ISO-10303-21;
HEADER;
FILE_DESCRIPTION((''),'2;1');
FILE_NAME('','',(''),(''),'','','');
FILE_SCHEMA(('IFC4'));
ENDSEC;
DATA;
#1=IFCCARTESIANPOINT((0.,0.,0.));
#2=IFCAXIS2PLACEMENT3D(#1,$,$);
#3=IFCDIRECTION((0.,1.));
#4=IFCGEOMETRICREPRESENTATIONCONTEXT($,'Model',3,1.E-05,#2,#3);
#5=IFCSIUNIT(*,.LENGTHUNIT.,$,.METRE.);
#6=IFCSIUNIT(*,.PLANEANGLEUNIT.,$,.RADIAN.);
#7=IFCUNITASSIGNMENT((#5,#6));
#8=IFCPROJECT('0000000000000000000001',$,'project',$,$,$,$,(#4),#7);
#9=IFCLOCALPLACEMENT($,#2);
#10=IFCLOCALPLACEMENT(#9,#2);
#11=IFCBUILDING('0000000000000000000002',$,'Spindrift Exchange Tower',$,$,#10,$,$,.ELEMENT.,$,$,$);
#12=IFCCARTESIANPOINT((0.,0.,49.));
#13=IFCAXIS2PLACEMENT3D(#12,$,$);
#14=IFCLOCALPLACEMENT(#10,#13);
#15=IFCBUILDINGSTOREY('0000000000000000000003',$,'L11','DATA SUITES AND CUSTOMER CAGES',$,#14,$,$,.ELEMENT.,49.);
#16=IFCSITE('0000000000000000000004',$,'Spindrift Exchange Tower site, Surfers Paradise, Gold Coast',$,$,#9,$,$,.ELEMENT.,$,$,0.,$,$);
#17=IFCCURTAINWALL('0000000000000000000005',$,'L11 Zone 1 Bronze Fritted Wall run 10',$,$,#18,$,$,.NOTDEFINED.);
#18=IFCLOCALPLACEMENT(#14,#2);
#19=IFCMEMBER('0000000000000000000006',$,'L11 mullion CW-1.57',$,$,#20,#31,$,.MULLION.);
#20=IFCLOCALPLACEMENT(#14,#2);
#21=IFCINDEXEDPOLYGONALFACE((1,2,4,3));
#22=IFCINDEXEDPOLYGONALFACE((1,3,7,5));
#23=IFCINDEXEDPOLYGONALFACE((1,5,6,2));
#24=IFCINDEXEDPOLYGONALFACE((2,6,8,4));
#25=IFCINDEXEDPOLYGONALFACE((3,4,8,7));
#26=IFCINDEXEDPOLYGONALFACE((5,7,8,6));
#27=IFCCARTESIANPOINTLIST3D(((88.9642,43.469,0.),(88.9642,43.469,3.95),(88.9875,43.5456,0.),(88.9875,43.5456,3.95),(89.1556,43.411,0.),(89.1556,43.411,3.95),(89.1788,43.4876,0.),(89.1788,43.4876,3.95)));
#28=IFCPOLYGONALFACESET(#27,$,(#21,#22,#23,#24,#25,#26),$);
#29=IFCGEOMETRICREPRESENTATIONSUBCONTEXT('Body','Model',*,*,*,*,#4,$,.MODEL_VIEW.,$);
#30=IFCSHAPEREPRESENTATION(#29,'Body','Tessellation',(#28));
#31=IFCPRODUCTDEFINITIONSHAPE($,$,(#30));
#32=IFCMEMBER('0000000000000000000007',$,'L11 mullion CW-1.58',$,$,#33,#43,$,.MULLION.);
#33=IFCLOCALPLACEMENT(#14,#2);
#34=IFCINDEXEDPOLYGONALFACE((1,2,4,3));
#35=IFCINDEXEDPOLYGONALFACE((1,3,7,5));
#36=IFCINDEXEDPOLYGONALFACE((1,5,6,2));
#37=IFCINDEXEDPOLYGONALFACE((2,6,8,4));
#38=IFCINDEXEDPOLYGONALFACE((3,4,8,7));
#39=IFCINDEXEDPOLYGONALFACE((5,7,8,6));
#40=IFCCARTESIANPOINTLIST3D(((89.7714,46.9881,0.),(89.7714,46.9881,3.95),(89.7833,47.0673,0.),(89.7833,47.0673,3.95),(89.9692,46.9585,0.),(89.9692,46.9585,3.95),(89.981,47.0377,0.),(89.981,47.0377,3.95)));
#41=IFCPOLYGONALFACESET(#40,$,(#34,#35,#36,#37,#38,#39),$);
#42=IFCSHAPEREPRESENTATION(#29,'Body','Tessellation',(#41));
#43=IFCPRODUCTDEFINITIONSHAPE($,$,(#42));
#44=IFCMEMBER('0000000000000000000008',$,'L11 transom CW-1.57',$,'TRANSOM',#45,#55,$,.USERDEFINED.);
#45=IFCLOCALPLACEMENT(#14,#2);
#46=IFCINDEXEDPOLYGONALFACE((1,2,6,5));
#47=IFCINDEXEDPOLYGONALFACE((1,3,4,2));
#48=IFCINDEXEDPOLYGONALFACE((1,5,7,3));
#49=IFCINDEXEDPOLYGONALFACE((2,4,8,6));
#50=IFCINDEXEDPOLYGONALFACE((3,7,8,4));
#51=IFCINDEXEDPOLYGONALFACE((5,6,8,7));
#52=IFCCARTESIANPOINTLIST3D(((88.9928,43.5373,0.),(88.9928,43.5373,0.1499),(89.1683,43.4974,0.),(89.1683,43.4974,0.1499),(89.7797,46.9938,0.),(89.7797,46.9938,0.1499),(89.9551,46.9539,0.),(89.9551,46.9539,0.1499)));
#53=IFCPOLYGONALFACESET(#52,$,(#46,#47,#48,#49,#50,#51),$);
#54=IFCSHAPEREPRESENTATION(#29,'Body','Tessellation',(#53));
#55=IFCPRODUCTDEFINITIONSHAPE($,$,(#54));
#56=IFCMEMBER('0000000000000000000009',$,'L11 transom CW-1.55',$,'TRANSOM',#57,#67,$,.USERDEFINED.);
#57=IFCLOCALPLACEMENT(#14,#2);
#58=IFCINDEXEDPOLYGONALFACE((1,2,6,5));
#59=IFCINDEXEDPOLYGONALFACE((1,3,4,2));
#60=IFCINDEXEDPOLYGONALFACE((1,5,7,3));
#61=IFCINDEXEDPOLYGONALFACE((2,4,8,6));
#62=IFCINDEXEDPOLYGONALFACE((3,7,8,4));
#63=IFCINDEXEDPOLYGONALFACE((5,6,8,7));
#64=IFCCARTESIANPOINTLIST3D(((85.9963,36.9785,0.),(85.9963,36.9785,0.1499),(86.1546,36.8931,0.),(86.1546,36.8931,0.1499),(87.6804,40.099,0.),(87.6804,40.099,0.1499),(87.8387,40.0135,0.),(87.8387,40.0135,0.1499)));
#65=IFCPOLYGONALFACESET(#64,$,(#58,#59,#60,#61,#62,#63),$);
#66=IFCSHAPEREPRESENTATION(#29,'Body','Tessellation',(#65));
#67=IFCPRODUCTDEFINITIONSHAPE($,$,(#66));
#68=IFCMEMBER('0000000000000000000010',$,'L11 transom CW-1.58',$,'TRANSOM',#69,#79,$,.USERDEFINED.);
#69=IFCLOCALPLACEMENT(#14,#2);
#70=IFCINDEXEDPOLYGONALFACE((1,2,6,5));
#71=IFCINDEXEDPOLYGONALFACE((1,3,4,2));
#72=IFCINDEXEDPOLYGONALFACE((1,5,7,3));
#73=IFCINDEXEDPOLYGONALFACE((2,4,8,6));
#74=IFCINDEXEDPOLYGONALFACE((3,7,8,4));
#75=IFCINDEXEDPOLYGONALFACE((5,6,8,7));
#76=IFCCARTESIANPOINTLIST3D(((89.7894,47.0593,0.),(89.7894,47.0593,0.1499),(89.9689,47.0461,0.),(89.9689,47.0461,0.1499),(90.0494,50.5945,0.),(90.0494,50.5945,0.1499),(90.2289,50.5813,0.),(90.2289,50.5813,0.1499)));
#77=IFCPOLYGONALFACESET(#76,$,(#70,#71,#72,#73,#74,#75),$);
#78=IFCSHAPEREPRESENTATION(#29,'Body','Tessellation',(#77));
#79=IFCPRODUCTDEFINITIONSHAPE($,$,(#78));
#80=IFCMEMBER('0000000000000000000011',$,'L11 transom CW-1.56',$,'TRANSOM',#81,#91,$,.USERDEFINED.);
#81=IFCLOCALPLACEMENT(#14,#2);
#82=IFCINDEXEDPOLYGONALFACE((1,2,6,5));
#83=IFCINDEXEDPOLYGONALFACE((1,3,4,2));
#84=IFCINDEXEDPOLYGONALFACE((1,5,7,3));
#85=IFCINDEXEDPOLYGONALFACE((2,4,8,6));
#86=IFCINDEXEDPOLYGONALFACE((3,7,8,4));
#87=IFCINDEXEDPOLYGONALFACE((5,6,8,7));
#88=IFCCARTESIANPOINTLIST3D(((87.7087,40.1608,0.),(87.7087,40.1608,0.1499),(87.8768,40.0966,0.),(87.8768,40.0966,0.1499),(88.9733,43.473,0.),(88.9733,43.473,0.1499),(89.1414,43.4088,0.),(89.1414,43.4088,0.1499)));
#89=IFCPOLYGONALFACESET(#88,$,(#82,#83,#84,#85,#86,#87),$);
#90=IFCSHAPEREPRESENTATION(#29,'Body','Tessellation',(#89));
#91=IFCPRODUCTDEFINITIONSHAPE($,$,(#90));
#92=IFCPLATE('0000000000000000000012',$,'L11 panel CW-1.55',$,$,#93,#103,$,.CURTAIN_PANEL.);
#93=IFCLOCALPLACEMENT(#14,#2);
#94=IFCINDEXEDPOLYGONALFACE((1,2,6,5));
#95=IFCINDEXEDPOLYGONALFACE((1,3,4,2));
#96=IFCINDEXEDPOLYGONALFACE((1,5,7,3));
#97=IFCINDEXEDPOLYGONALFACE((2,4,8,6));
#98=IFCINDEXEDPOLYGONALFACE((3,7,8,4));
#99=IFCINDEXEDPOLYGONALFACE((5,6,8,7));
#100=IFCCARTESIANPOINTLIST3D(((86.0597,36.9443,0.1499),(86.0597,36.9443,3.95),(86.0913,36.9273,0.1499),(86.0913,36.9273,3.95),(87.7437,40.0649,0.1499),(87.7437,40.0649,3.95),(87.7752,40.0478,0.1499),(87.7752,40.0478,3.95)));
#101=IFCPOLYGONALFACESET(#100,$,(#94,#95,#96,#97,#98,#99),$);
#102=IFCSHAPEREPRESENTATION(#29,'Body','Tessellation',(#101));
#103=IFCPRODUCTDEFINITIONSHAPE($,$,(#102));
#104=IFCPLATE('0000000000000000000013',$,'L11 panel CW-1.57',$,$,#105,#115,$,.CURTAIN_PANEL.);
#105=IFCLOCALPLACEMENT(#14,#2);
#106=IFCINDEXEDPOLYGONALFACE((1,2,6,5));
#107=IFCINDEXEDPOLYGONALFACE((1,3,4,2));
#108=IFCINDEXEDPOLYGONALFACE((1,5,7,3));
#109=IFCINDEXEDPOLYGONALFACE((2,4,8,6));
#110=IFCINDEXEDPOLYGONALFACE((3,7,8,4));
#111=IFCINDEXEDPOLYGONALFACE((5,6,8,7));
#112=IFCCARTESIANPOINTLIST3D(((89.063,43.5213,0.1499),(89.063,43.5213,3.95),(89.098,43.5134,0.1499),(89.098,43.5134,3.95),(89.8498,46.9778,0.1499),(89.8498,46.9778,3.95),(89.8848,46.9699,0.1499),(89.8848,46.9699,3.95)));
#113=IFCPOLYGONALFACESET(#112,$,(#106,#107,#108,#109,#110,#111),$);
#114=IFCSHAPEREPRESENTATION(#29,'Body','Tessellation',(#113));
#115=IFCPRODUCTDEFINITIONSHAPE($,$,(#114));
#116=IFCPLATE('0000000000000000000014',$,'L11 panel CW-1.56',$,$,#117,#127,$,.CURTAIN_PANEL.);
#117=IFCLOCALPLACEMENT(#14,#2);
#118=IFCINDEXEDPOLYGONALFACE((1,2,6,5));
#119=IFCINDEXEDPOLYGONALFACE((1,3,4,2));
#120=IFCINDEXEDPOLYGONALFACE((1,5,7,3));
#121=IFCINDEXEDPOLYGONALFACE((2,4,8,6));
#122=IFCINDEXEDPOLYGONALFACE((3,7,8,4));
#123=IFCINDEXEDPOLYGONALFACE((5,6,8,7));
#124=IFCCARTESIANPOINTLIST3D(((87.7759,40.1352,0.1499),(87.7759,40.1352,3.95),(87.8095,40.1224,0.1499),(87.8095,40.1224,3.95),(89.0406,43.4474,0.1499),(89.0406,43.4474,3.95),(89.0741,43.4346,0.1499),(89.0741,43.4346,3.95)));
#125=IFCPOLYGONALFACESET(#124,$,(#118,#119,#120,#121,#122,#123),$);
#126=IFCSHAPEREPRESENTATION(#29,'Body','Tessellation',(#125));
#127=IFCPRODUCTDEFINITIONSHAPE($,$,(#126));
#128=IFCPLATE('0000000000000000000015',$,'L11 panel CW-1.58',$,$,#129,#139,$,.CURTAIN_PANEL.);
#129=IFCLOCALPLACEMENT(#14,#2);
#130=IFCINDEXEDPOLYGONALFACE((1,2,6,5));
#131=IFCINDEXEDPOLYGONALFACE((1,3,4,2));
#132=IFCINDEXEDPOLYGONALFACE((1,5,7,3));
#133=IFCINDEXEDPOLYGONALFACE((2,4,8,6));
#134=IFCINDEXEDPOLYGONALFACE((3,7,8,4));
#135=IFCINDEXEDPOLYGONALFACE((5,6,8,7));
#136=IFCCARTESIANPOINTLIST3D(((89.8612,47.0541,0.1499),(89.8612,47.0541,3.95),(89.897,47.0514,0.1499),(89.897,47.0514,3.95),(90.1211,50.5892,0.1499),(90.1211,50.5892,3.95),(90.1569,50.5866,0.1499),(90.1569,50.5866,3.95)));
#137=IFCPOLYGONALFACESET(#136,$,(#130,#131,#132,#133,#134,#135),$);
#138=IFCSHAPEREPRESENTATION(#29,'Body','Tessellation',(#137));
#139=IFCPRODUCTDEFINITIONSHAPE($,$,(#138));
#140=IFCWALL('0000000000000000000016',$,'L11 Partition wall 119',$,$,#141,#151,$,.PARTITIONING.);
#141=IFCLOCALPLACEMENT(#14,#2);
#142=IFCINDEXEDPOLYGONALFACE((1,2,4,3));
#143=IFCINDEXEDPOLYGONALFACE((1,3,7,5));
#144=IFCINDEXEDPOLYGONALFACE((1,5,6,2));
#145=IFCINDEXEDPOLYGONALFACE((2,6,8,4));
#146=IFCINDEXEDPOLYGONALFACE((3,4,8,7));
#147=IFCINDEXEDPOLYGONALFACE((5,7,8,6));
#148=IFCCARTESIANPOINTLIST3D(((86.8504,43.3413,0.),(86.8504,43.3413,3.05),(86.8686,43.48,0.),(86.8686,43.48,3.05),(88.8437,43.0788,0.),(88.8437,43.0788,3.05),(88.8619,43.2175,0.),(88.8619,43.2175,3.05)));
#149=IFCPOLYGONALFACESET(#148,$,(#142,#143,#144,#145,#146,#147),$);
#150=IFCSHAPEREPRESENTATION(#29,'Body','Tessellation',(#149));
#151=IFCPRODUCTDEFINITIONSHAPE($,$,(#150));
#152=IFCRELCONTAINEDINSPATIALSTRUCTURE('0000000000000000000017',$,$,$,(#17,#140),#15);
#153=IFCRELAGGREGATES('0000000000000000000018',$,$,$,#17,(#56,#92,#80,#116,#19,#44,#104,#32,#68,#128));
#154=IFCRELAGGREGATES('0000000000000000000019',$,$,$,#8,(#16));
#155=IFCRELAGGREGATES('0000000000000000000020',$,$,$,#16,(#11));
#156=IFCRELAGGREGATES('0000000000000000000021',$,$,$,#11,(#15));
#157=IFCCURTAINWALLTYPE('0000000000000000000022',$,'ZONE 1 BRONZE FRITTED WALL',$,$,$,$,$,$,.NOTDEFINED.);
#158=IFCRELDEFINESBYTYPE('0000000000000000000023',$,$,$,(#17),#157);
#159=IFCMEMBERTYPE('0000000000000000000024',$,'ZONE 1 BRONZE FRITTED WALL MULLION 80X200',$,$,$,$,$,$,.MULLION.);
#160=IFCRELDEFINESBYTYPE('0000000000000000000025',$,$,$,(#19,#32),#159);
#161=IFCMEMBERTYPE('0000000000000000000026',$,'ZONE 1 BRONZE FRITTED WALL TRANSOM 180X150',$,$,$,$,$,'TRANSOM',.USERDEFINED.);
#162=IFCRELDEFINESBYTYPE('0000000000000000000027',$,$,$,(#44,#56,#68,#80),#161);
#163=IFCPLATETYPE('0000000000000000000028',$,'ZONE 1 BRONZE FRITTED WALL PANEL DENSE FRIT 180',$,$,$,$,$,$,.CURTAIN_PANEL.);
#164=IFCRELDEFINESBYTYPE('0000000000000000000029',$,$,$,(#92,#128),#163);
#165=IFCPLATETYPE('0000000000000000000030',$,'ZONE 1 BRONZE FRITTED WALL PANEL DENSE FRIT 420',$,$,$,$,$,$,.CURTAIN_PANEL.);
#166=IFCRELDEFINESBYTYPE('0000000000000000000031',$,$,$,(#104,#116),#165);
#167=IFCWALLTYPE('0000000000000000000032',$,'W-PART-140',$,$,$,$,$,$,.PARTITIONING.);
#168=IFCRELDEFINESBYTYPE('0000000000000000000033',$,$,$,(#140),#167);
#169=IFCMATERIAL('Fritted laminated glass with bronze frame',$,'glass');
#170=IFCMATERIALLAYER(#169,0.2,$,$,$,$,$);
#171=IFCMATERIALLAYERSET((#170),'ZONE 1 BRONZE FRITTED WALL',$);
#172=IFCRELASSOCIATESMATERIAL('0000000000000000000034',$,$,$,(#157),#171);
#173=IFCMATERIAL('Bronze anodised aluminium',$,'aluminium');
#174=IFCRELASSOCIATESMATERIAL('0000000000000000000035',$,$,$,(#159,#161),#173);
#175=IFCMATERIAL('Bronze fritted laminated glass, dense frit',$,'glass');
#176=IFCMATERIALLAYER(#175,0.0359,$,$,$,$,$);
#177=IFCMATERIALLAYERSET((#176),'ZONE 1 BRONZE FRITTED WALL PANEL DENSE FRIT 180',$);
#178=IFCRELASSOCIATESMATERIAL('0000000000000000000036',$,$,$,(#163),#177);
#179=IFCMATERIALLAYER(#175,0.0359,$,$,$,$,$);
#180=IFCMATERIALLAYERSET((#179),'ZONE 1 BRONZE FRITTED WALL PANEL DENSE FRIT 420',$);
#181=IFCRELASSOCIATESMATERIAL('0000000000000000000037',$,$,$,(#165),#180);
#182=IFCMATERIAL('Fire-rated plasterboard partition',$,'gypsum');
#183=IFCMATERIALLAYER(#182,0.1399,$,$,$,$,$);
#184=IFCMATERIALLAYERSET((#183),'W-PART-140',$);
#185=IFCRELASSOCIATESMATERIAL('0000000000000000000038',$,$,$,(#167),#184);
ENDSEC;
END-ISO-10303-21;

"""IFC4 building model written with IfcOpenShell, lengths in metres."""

from ifc_helpers import new_model, si_unit, direction, frame, frame_2d, origin, origin_2d, place, context, subcontext, project, spatial, rectangle, extrude, source, transform, mapped, material, layer, layer_set, material_profile, profile_set, type_object, element, aggregate, save


model = new_model("IFC4")

# Units and contexts
model_context = context("Model", 3, precision=1e-05, world=origin(), true_north=direction((0.0, 1.0)))
body_context = subcontext(model_context, "Body", "Model", "MODEL_VIEW")
ifc_project = project(units=[si_unit("LENGTHUNIT", "METRE"), si_unit("PLANEANGLEUNIT", "RADIAN")], contexts=[model_context])

# Site, building, storey
site_placement = place(None, origin())
site = spatial("IfcSite", under=ifc_project, at=site_placement, Name="Spindrift Exchange Tower site, Surfers Paradise, Gold Coast", CompositionType="ELEMENT", RefElevation=0.0)
building_placement = place(site_placement, origin())
building = spatial("IfcBuilding", under=site, at=building_placement, Name="Spindrift Exchange Tower", CompositionType="ELEMENT")
storey_placement = place(building_placement, frame((0.0, 0.0, 49.0)))
storey = spatial("IfcBuildingStorey", under=building, at=storey_placement, Name="L11", Description="DATA SUITES AND CUSTOMER CAGES", CompositionType="ELEMENT", Elevation=49.0)

# Curtain wall, members, plates
ifc_material_1 = material(Name="Fritted laminated glass with bronze frame", Category="glass")
ifc_layer_1 = layer(ifc_material_1, 0.2)
ifc_layer_set_1 = layer_set([ifc_layer_1], Name="ZONE 1 BRONZE FRITTED WALL")
curtain_wall_type = type_object("IfcCurtainWallType", Name="ZONE 1 BRONZE FRITTED WALL", PredefinedType="NOTDEFINED", material=ifc_layer_set_1)
curtain_wall_placement = place(storey_placement, origin())
curtain_wall = element("IfcCurtainWall", 1, at=curtain_wall_placement, inside=storey, type_object=curtain_wall_type, Name="L11 Zone 1 Bronze Fritted Wall run 10", PredefinedType="NOTDEFINED")
ifc_material_2 = material(Name="Bronze anodised aluminium", Category="aluminium")
ifc_material_profile_1 = material_profile(ifc_material_2, rectangle(XDim=0.0801, YDim=0.2, at=origin_2d()), Name="ZONE 1 BRONZE FRITTED WALL MULLION 80X200")
ifc_profile_set_1 = profile_set([ifc_material_profile_1], Name="Bronze anodised aluminium")
member_type_1 = type_object("IfcMemberType", Name="ZONE 1 BRONZE FRITTED WALL MULLION 80X200", PredefinedType="MULLION", material=ifc_profile_set_1)
shared_shape_1 = source(origin(), body_context, "Body", "SweptSolid", [
    extrude(rectangle(XDim=0.0801, YDim=0.2, at=origin_2d()), origin(), (0.0, 0.0, 1.0), 3.95),
])
member_1_placement = place(storey_placement, frame((89.0715, 43.4783, 0.0), z_axis=(0.0, 0.0, 1.0), x_axis=(0.290052, 0.957011, 0.0)))
member_1 = element("IfcMember", 2, at=member_1_placement, type_object=member_type_1, Name="L11 mullion CW-1.57", PredefinedType="MULLION", context=body_context, shape_type="MappedRepresentation", body=[
    mapped(shared_shape_1, transform((0.0, 0.0, 0.0), scale=1.0)),
])
member_2_placement = place(storey_placement, frame((89.8762, 47.0129, 0.0), z_axis=(0.0, 0.0, 1.0), x_axis=(0.148064, 0.988978, 0.0)))
member_2 = element("IfcMember", 3, at=member_2_placement, type_object=member_type_1, Name="L11 mullion CW-1.58", PredefinedType="MULLION", context=body_context, shape_type="MappedRepresentation", body=[
    mapped(shared_shape_1, transform((0.0, 0.0, 0.0), scale=1.0)),
])
ifc_material_profile_2 = material_profile(ifc_material_2, rectangle(XDim=0.1799, YDim=0.1499, at=origin_2d()), Name="ZONE 1 BRONZE FRITTED WALL TRANSOM 180X150")
ifc_profile_set_2 = profile_set([ifc_material_profile_2], Name="Bronze anodised aluminium")
member_type_2 = type_object("IfcMemberType", Name="ZONE 1 BRONZE FRITTED WALL TRANSOM 180X150", ElementType="TRANSOM", PredefinedType="USERDEFINED", material=ifc_profile_set_2)
shared_shape_2 = source(origin(), body_context, "Body", "SweptSolid", [
    extrude(rectangle(XDim=0.1799, YDim=0.1499, at=origin_2d()), origin(), (0.0, 0.0, 1.0), 3.5449),
])
member_3_placement = place(storey_placement, frame((89.0806, 43.5173, 0.075), z_axis=(0.221966, 0.975054, 0.0), x_axis=(-0.975054, 0.221966, 0.0)))
member_3 = element("IfcMember", 4, at=member_3_placement, type_object=member_type_2, Name="L11 transom CW-1.57", ObjectType="TRANSOM", PredefinedType="USERDEFINED", context=body_context, shape_type="MappedRepresentation", body=[
    mapped(shared_shape_2, transform((0.0, 0.0, 0.0), scale=1.0)),
])
shared_shape_3 = source(origin(), body_context, "Body", "SweptSolid", [
    extrude(rectangle(XDim=0.1799, YDim=0.1499, at=origin_2d()), origin(), (0.0, 0.0, 1.0), 3.5459),
])
member_4_placement = place(storey_placement, frame((86.0754, 36.9358, 0.075), z_axis=(0.47495, 0.880013, 0.0), x_axis=(-0.880013, 0.47495, 0.0)))
member_4 = element("IfcMember", 5, at=member_4_placement, type_object=member_type_2, Name="L11 transom CW-1.55", ObjectType="TRANSOM", PredefinedType="USERDEFINED", context=body_context, shape_type="MappedRepresentation", body=[
    mapped(shared_shape_3, transform((0.0, 0.0, 0.0), scale=1.0)),
])
shared_shape_4 = source(origin(), body_context, "Body", "SweptSolid", [
    extrude(rectangle(XDim=0.1799, YDim=0.1499, at=origin_2d()), origin(), (0.0, 0.0, 1.0), 3.5447),
])
member_5_placement = place(storey_placement, frame((89.8792, 47.0527, 0.075), z_axis=(0.073352, 0.997306, 0.0), x_axis=(-0.997306, 0.073352, 0.0)))
member_5 = element("IfcMember", 6, at=member_5_placement, type_object=member_type_2, Name="L11 transom CW-1.58", ObjectType="TRANSOM", PredefinedType="USERDEFINED", context=body_context, shape_type="MappedRepresentation", body=[
    mapped(shared_shape_4, transform((0.0, 0.0, 0.0), scale=1.0)),
])
shared_shape_5 = source(origin(), body_context, "Body", "SweptSolid", [
    extrude(rectangle(XDim=0.1799, YDim=0.1499, at=origin_2d()), origin(), (0.0, 0.0, 1.0), 3.5454),
])
member_6_placement = place(storey_placement, frame((87.7927, 40.1287, 0.075), z_axis=(0.356694, 0.934221, 0.0), x_axis=(-0.934221, 0.356694, 0.0)))
member_6 = element("IfcMember", 7, at=member_6_placement, type_object=member_type_2, Name="L11 transom CW-1.56", ObjectType="TRANSOM", PredefinedType="USERDEFINED", context=body_context, shape_type="MappedRepresentation", body=[
    mapped(shared_shape_5, transform((0.0, 0.0, 0.0), scale=1.0)),
])
ifc_material_3 = material(Name="Bronze fritted laminated glass, dense frit", Category="glass")
ifc_layer_2 = layer(ifc_material_3, 0.0359)
ifc_layer_set_2 = layer_set([ifc_layer_2], Name="ZONE 1 BRONZE FRITTED WALL PANEL DENSE FRIT 180")
plate_type_1 = type_object("IfcPlateType", Name="ZONE 1 BRONZE FRITTED WALL PANEL DENSE FRIT 180", PredefinedType="CURTAIN_PANEL", material=ifc_layer_set_2)
shared_shape_6 = source(origin(), body_context, "Body", "SweptSolid", [
    extrude(rectangle(XDim=3.5459, YDim=0.0359, at=origin_2d()), origin(), (0.0, 0.0, 1.0), 3.8),
])
plate_1_placement = place(storey_placement, frame((86.9175, 38.4961, 0.1499), z_axis=(0.0, 0.0, 1.0), x_axis=(0.474896, 0.880042, 0.0)))
plate_1 = element("IfcPlate", 8, at=plate_1_placement, type_object=plate_type_1, Name="L11 panel CW-1.55", PredefinedType="CURTAIN_PANEL", context=body_context, shape_type="MappedRepresentation", body=[
    mapped(shared_shape_6, transform((0.0, 0.0, 0.0), scale=1.0)),
])
ifc_layer_3 = layer(ifc_material_3, 0.0359)
ifc_layer_set_3 = layer_set([ifc_layer_3], Name="ZONE 1 BRONZE FRITTED WALL PANEL DENSE FRIT 420")
plate_type_2 = type_object("IfcPlateType", Name="ZONE 1 BRONZE FRITTED WALL PANEL DENSE FRIT 420", PredefinedType="CURTAIN_PANEL", material=ifc_layer_set_3)
shared_shape_7 = source(origin(), body_context, "Body", "SweptSolid", [
    extrude(rectangle(XDim=3.5449, YDim=0.0359, at=origin_2d()), origin(), (0.0, 0.0, 1.0), 3.8),
])
plate_2_placement = place(storey_placement, frame((89.4739, 45.2456, 0.1499), z_axis=(0.0, 0.0, 1.0), x_axis=(0.221957, 0.975056, 0.0)))
plate_2 = element("IfcPlate", 9, at=plate_2_placement, type_object=plate_type_2, Name="L11 panel CW-1.57", PredefinedType="CURTAIN_PANEL", context=body_context, shape_type="MappedRepresentation", body=[
    mapped(shared_shape_7, transform((0.0, 0.0, 0.0), scale=1.0)),
])
shared_shape_8 = source(origin(), body_context, "Body", "SweptSolid", [
    extrude(rectangle(XDim=3.5454, YDim=0.0359, at=origin_2d()), origin(), (0.0, 0.0, 1.0), 3.8),
])
plate_3_placement = place(storey_placement, frame((88.425, 41.7849, 0.1499), z_axis=(0.0, 0.0, 1.0), x_axis=(0.356707, 0.934216, 0.0)))
plate_3 = element("IfcPlate", 10, at=plate_3_placement, type_object=plate_type_2, Name="L11 panel CW-1.56", PredefinedType="CURTAIN_PANEL", context=body_context, shape_type="MappedRepresentation", body=[
    mapped(shared_shape_8, transform((0.0, 0.0, 0.0), scale=1.0)),
])
shared_shape_9 = source(origin(), body_context, "Body", "SweptSolid", [
    extrude(rectangle(XDim=3.5447, YDim=0.0359, at=origin_2d()), origin(), (0.0, 0.0, 1.0), 3.8),
])
plate_4_placement = place(storey_placement, frame((90.009, 48.8203, 0.1499), z_axis=(0.0, 0.0, 1.0), x_axis=(0.073332, 0.997308, 0.0)))
plate_4 = element("IfcPlate", 11, at=plate_4_placement, type_object=plate_type_1, Name="L11 panel CW-1.58", PredefinedType="CURTAIN_PANEL", context=body_context, shape_type="MappedRepresentation", body=[
    mapped(shared_shape_9, transform((0.0, 0.0, 0.0), scale=1.0)),
])
aggregate(curtain_wall, [member_4, plate_1, member_6, plate_3, member_1, member_3, plate_2, member_2, member_5, plate_4])

# Wall
ifc_material_4 = material(Name="Fire-rated plasterboard partition", Category="gypsum")
ifc_layer_4 = layer(ifc_material_4, 0.1399)
ifc_layer_set_4 = layer_set([ifc_layer_4], Name="W-PART-140")
wall_type = type_object("IfcWallType", Name="W-PART-140", PredefinedType="PARTITIONING", material=ifc_layer_set_4)
wall_placement = place(storey_placement, frame((86.8594, 43.4106, 0.0), z_axis=(0.0, 0.0, 1.0), x_axis=(0.991444, -0.130533, 0.0)))
element("IfcWall", 12, at=wall_placement, inside=storey, type_object=wall_type, Name="L11 Partition wall 119", PredefinedType="PARTITIONING", context=body_context, shape_type="SweptSolid", body=[
    extrude(rectangle(XDim=2.0105, YDim=0.1399, at=frame_2d((1.0054, 0.0))), origin(), (0.0, 0.0, 1.0), 3.05),
])

save(model, "model.ifc")
